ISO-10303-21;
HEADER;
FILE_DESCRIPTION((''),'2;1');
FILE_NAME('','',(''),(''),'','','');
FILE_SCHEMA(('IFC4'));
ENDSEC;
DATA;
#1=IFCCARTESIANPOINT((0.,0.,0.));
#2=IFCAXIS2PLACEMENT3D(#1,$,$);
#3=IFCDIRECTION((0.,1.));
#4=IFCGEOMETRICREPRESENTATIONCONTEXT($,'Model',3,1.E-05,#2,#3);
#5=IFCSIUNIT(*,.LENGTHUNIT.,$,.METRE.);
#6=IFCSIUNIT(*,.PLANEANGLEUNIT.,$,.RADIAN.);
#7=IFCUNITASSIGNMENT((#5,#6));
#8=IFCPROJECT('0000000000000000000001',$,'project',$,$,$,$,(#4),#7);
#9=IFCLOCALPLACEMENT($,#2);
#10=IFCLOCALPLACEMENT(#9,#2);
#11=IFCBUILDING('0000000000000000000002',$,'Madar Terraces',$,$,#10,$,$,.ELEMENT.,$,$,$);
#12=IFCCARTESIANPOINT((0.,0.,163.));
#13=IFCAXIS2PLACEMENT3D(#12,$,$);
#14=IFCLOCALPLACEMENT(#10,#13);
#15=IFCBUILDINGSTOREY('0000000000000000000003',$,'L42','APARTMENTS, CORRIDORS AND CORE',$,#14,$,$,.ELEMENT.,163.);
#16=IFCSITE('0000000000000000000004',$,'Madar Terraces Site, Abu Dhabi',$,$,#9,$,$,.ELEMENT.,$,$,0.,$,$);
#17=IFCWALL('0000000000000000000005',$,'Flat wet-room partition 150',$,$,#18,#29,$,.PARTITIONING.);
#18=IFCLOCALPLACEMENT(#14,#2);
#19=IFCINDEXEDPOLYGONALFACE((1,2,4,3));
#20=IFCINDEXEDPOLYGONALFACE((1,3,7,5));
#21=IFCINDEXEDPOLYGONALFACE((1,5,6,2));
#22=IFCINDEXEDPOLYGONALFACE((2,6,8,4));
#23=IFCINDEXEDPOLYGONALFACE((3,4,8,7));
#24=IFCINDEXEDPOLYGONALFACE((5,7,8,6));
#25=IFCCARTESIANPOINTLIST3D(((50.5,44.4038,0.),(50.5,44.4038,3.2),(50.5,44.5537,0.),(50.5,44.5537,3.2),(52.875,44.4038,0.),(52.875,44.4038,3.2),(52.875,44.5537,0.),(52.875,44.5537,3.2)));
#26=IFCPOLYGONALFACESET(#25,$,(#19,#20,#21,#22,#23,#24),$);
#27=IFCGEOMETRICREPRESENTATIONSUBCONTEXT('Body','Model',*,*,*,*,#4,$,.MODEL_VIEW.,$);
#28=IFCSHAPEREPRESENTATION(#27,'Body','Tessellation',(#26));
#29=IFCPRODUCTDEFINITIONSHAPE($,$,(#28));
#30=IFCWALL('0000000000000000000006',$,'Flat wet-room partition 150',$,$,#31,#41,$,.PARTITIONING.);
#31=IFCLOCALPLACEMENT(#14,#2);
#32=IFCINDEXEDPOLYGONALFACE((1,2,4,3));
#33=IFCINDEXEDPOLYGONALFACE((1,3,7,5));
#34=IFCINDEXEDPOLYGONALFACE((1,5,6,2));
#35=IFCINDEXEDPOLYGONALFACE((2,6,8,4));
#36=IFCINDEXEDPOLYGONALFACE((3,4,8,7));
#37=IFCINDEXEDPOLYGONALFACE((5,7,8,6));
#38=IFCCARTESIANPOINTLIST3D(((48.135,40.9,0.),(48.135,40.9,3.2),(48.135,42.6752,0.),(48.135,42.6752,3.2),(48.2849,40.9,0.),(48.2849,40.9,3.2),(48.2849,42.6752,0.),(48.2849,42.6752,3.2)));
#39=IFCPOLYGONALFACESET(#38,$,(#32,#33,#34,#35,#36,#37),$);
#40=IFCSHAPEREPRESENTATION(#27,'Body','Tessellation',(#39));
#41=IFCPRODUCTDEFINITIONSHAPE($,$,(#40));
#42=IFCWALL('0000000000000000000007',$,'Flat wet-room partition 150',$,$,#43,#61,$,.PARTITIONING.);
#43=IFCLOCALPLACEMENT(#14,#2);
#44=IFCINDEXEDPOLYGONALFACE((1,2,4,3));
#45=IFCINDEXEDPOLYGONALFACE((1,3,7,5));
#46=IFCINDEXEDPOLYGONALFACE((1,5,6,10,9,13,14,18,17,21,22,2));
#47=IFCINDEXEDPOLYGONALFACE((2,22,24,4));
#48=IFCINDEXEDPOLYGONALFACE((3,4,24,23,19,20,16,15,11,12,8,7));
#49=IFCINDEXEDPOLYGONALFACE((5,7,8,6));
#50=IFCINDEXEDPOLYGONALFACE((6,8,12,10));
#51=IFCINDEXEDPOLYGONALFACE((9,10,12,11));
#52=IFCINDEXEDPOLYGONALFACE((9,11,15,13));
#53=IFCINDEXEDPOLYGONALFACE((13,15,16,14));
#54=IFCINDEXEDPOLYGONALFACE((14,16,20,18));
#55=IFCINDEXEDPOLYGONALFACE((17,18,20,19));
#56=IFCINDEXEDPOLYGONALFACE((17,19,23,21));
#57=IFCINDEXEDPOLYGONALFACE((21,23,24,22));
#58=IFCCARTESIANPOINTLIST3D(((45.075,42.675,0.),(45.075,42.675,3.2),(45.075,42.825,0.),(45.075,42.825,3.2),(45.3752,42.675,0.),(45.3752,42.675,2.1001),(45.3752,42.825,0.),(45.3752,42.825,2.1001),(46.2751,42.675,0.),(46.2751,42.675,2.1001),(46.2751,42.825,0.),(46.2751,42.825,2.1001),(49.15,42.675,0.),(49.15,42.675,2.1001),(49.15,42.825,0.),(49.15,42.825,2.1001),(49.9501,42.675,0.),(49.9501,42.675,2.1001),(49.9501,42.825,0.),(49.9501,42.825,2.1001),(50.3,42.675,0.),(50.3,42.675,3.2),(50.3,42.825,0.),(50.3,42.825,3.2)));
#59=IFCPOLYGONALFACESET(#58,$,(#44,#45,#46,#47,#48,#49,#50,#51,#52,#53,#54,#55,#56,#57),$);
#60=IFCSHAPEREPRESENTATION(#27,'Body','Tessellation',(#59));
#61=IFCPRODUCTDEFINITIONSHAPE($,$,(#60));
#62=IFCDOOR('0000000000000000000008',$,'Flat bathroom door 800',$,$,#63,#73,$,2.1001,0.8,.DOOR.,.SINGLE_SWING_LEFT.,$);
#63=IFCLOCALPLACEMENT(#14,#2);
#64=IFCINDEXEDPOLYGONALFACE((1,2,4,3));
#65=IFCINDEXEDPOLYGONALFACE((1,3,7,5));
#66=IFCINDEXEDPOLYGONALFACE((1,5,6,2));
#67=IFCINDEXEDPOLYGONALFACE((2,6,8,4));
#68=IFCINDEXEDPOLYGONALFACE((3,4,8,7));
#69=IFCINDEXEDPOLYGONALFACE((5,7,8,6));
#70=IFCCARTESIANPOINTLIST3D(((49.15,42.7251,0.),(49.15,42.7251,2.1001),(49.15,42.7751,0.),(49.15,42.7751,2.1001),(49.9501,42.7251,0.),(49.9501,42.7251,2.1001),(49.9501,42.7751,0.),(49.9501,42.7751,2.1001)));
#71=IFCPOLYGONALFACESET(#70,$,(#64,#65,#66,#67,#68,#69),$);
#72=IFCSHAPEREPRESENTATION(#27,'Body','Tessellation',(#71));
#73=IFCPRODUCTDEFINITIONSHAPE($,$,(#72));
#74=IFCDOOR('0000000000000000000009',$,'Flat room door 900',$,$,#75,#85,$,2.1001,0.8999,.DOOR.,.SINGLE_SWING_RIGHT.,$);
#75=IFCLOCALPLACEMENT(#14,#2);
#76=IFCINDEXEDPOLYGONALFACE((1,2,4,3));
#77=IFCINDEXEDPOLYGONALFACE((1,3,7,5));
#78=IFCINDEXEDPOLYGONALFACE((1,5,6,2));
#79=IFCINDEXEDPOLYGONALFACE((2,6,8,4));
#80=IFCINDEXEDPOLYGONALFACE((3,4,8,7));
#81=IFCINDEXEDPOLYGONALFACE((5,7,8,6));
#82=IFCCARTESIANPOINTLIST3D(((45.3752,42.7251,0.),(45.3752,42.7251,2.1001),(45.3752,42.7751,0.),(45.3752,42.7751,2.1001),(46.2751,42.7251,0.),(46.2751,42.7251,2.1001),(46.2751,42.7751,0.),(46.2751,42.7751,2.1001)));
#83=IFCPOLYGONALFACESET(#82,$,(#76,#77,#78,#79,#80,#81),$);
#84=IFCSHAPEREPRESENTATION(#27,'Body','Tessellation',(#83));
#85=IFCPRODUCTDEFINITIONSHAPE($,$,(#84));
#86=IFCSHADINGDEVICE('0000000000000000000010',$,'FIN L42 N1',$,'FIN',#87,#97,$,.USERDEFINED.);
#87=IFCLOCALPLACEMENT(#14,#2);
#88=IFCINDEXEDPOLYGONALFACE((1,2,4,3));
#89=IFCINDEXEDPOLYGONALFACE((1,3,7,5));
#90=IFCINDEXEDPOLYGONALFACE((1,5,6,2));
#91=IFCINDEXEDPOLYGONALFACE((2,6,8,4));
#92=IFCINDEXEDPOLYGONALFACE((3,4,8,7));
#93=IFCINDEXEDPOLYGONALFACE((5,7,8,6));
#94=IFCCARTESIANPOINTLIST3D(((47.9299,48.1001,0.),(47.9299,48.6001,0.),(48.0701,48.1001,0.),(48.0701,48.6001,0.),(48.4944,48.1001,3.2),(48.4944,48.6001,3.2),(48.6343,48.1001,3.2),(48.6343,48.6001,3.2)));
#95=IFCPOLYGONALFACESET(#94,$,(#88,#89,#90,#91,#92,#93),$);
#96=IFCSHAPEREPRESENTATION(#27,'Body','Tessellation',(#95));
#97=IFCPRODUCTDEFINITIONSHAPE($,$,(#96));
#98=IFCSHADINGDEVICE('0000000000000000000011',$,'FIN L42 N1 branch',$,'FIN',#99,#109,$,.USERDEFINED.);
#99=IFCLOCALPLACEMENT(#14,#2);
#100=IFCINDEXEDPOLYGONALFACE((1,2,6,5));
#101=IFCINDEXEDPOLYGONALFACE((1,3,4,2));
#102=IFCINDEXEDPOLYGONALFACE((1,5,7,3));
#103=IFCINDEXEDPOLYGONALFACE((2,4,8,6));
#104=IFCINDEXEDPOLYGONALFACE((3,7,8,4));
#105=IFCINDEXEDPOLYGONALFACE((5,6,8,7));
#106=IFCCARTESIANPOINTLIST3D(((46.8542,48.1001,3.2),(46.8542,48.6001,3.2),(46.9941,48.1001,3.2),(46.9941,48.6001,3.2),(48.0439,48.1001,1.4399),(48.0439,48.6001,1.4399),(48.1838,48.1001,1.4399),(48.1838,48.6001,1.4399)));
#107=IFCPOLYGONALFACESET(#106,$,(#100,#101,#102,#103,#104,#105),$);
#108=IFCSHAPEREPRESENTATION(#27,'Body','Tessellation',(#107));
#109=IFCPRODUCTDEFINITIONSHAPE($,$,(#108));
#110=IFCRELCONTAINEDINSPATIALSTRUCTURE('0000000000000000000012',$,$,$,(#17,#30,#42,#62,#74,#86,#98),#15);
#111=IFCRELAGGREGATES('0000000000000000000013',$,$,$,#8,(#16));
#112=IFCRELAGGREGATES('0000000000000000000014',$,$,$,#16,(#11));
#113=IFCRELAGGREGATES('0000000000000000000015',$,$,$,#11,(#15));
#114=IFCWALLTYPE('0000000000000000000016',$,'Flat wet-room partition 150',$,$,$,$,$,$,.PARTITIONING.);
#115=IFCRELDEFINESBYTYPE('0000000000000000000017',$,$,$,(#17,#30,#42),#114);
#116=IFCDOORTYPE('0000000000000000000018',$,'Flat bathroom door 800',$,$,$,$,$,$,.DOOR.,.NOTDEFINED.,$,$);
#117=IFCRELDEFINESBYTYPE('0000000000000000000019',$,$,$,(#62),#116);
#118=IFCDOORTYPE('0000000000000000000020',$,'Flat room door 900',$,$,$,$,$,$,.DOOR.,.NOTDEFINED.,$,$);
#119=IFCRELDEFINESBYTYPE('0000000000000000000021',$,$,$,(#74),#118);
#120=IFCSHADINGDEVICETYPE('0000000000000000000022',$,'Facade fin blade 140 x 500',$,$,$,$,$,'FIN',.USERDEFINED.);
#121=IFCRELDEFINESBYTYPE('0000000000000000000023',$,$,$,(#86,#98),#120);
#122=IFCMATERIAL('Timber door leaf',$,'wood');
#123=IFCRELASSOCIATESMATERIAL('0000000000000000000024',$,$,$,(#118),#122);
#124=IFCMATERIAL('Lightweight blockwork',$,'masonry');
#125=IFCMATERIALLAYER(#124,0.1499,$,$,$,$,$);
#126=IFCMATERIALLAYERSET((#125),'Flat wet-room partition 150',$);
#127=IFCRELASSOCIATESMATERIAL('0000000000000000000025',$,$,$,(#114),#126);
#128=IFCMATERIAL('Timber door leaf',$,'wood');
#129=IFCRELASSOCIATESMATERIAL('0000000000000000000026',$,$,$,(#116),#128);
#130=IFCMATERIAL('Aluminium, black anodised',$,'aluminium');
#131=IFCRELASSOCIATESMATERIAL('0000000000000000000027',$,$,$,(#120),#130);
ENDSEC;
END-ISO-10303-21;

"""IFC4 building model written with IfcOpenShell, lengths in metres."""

from ifc_helpers import new_model, si_unit, direction, frame, frame_2d, origin, place, context, subcontext, project, spatial, polyline, rectangle, outline, extrude, material, layer, layer_set, type_object, element, fill, save


model = new_model("IFC4")

# Units and contexts
model_context = context("Model", 3, precision=1e-05, world=origin(), true_north=direction((0.0, 1.0)))
body_context = subcontext(model_context, "Body", "Model", "MODEL_VIEW")
ifc_project = project(units=[si_unit("LENGTHUNIT", "METRE"), si_unit("PLANEANGLEUNIT", "RADIAN")], contexts=[model_context])

# Site, building, storey
site_placement = place(None, origin())
site = spatial("IfcSite", under=ifc_project, at=site_placement, Name="Madar Terraces Site, Abu Dhabi", CompositionType="ELEMENT", RefElevation=0.0)
building_placement = place(site_placement, origin())
building = spatial("IfcBuilding", under=site, at=building_placement, Name="Madar Terraces", CompositionType="ELEMENT")
storey_placement = place(building_placement, frame((0.0, 0.0, 163.0)))
storey = spatial("IfcBuildingStorey", under=building, at=storey_placement, Name="L42", Description="APARTMENTS, CORRIDORS AND CORE", CompositionType="ELEMENT", Elevation=163.0)

# Shared definitions
ifc_material_1 = material(Name="Timber door leaf", Category="wood")
door_type_1 = type_object("IfcDoorType", Name="Flat room door 900", OperationType="NOTDEFINED", PredefinedType="DOOR", material=ifc_material_1)

# Walls
ifc_material_2 = material(Name="Lightweight blockwork", Category="masonry")
ifc_layer_1 = layer(ifc_material_2, 0.1499)
ifc_layer_set_1 = layer_set([ifc_layer_1], Name="Flat wet-room partition 150")
wall_type_1 = type_object("IfcWallType", Name="Flat wet-room partition 150", PredefinedType="PARTITIONING", material=ifc_layer_set_1)
for number, where, z_axis, x_axis, name in (
    (1, (50.5, 44.4788, 0.0), (0.0, 0.0, 1.0), (1.0, 0.0, 0.0), "Flat wet-room partition 150"),
):
    element("IfcWall", number, at=place(storey_placement, frame(where, z_axis=z_axis, x_axis=x_axis)), inside=storey, type_object=wall_type_1, Name=name, PredefinedType="PARTITIONING", context=body_context, shape_type="SweptSolid", body=[
        extrude(rectangle(XDim=2.375, YDim=0.1499, at=frame_2d((1.1875, 0.0))), origin(), (0.0, 0.0, 1.0), 3.2),
    ])
wall_1_placement = place(storey_placement, frame((48.21, 40.8999, 0.0), z_axis=(0.0, 0.0, 1.0), x_axis=(0.0, 1.0, 0.0)))
element("IfcWall", 2, at=wall_1_placement, inside=storey, type_object=wall_type_1, Name="Flat wet-room partition 150", PredefinedType="PARTITIONING", context=body_context, shape_type="SweptSolid", body=[
    extrude(rectangle(XDim=1.7751, YDim=0.1499, at=frame_2d((0.8877, 0.0))), origin(), (0.0, 0.0, 1.0), 3.2),
])

# Wall, openings, doors
wall_2_placement = place(storey_placement, frame((50.3, 42.75, 0.0), z_axis=(0.0, 0.0, 1.0), x_axis=(-1.0, 0.0, 0.0)))
wall_2 = element("IfcWall", 3, at=wall_2_placement, inside=storey, type_object=wall_type_1, Name="Flat wet-room partition 150", PredefinedType="PARTITIONING", context=body_context, shape_type="SweptSolid", body=[
    extrude(rectangle(XDim=5.2251, YDim=0.1499, at=frame_2d((2.6125, 0.0))), origin(), (0.0, 0.0, 1.0), 3.2),
])
opening_1_placement = place(wall_2_placement, frame((4.0249, 0.0, 0.0)))
opening_1 = element("IfcOpeningElement", 4, at=opening_1_placement, cuts=wall_2, PredefinedType="OPENING", context=body_context, shape_type="SweptSolid", body=[
    extrude(rectangle(XDim=0.8999, YDim=2.1001, at=frame_2d((0.45, 1.05))), frame((0.0, 0.085, 0.0), z_axis=(0.0, -1.0, 0.0), x_axis=(1.0, 0.0, 0.0)), (0.0, 0.0, 1.0), 0.1699),
])
opening_2_placement = place(wall_2_placement, frame((0.3501, 0.0, 0.0)))
opening_2 = element("IfcOpeningElement", 5, at=opening_2_placement, cuts=wall_2, PredefinedType="OPENING", context=body_context, shape_type="SweptSolid", body=[
    extrude(rectangle(XDim=0.8, YDim=2.1001, at=frame_2d((0.3999, 1.05))), frame((0.0, 0.085, 0.0), z_axis=(0.0, -1.0, 0.0), x_axis=(1.0, 0.0, 0.0)), (0.0, 0.0, 1.0), 0.1699),
])
ifc_material_3 = material(Name="Timber door leaf", Category="wood")
door_type_2 = type_object("IfcDoorType", Name="Flat bathroom door 800", OperationType="NOTDEFINED", PredefinedType="DOOR", material=ifc_material_3)
door_1_placement = place(opening_2_placement, origin())
door_1 = element("IfcDoor", 6, at=door_1_placement, inside=storey, type_object=door_type_2, Name="Flat bathroom door 800", OperationType="SINGLE_SWING_LEFT", OverallHeight=2.1001, OverallWidth=0.8, PredefinedType="DOOR", context=body_context, shape_type="SweptSolid", body=[
    extrude(rectangle(XDim=0.8, YDim=2.1001, at=frame_2d((0.3999, 1.05))), frame((0.0, 0.0249, 0.0), z_axis=(0.0, -1.0, 0.0), x_axis=(1.0, 0.0, 0.0)), (0.0, 0.0, 1.0), 0.05),
])
fill(opening_2, door_1)
door_2_placement = place(opening_1_placement, origin())
door_2 = element("IfcDoor", 7, at=door_2_placement, inside=storey, type_object=door_type_1, Name="Flat room door 900", OperationType="SINGLE_SWING_RIGHT", OverallHeight=2.1001, OverallWidth=0.8999, PredefinedType="DOOR", context=body_context, shape_type="SweptSolid", body=[
    extrude(rectangle(XDim=0.8999, YDim=2.1001, at=frame_2d((0.45, 1.05))), frame((0.0, 0.0249, 0.0), z_axis=(0.0, -1.0, 0.0), x_axis=(1.0, 0.0, 0.0)), (0.0, 0.0, 1.0), 0.05),
])
fill(opening_1, door_2)

# Shading devices
ifc_material_4 = material(Name="Aluminium, black anodised", Category="aluminium")
shading_device_type = type_object("IfcShadingDeviceType", Name="Facade fin blade 140 x 500", ElementType="FIN", PredefinedType="USERDEFINED", material=ifc_material_4)
shading_device_1_placement = place(storey_placement, frame((48.0701, 48.3501, 0.0), z_axis=(0.0, 0.0, 1.0), x_axis=(-1.0, 0.0, 0.0)))
element("IfcShadingDevice", 8, at=shading_device_1_placement, inside=storey, type_object=shading_device_type, Name="FIN L42 N1", ObjectType="FIN", PredefinedType="USERDEFINED", context=body_context, shape_type="SweptSolid", body=[
    extrude(outline(polyline([(0.0, 0.0), (0.1401, 0.0), (-0.4243, 3.2), (-0.5642, 3.2), (0.0, 0.0)])), frame((0.0, 0.25, 0.0), z_axis=(0.0, -1.0, 0.0), x_axis=(1.0, 0.0, 0.0)), (0.0, 0.0, 1.0), 0.5),
])
shading_device_2_placement = place(storey_placement, frame((48.1838, 48.3501, 1.4399), z_axis=(0.0, 0.0, 1.0), x_axis=(-1.0, 0.0, 0.0)))
element("IfcShadingDevice", 9, at=shading_device_2_placement, inside=storey, type_object=shading_device_type, Name="FIN L42 N1 branch", ObjectType="FIN", PredefinedType="USERDEFINED", context=body_context, shape_type="SweptSolid", body=[
    extrude(outline(polyline([(0.0, 0.0), (0.1399, 0.0), (1.3296, 1.76), (1.1897, 1.76), (0.0, 0.0)])), frame((0.0, 0.25, 0.0), z_axis=(0.0, -1.0, 0.0), x_axis=(1.0, 0.0, 0.0)), (0.0, 0.0, 1.0), 0.5),
])

save(model, "model.ifc")
